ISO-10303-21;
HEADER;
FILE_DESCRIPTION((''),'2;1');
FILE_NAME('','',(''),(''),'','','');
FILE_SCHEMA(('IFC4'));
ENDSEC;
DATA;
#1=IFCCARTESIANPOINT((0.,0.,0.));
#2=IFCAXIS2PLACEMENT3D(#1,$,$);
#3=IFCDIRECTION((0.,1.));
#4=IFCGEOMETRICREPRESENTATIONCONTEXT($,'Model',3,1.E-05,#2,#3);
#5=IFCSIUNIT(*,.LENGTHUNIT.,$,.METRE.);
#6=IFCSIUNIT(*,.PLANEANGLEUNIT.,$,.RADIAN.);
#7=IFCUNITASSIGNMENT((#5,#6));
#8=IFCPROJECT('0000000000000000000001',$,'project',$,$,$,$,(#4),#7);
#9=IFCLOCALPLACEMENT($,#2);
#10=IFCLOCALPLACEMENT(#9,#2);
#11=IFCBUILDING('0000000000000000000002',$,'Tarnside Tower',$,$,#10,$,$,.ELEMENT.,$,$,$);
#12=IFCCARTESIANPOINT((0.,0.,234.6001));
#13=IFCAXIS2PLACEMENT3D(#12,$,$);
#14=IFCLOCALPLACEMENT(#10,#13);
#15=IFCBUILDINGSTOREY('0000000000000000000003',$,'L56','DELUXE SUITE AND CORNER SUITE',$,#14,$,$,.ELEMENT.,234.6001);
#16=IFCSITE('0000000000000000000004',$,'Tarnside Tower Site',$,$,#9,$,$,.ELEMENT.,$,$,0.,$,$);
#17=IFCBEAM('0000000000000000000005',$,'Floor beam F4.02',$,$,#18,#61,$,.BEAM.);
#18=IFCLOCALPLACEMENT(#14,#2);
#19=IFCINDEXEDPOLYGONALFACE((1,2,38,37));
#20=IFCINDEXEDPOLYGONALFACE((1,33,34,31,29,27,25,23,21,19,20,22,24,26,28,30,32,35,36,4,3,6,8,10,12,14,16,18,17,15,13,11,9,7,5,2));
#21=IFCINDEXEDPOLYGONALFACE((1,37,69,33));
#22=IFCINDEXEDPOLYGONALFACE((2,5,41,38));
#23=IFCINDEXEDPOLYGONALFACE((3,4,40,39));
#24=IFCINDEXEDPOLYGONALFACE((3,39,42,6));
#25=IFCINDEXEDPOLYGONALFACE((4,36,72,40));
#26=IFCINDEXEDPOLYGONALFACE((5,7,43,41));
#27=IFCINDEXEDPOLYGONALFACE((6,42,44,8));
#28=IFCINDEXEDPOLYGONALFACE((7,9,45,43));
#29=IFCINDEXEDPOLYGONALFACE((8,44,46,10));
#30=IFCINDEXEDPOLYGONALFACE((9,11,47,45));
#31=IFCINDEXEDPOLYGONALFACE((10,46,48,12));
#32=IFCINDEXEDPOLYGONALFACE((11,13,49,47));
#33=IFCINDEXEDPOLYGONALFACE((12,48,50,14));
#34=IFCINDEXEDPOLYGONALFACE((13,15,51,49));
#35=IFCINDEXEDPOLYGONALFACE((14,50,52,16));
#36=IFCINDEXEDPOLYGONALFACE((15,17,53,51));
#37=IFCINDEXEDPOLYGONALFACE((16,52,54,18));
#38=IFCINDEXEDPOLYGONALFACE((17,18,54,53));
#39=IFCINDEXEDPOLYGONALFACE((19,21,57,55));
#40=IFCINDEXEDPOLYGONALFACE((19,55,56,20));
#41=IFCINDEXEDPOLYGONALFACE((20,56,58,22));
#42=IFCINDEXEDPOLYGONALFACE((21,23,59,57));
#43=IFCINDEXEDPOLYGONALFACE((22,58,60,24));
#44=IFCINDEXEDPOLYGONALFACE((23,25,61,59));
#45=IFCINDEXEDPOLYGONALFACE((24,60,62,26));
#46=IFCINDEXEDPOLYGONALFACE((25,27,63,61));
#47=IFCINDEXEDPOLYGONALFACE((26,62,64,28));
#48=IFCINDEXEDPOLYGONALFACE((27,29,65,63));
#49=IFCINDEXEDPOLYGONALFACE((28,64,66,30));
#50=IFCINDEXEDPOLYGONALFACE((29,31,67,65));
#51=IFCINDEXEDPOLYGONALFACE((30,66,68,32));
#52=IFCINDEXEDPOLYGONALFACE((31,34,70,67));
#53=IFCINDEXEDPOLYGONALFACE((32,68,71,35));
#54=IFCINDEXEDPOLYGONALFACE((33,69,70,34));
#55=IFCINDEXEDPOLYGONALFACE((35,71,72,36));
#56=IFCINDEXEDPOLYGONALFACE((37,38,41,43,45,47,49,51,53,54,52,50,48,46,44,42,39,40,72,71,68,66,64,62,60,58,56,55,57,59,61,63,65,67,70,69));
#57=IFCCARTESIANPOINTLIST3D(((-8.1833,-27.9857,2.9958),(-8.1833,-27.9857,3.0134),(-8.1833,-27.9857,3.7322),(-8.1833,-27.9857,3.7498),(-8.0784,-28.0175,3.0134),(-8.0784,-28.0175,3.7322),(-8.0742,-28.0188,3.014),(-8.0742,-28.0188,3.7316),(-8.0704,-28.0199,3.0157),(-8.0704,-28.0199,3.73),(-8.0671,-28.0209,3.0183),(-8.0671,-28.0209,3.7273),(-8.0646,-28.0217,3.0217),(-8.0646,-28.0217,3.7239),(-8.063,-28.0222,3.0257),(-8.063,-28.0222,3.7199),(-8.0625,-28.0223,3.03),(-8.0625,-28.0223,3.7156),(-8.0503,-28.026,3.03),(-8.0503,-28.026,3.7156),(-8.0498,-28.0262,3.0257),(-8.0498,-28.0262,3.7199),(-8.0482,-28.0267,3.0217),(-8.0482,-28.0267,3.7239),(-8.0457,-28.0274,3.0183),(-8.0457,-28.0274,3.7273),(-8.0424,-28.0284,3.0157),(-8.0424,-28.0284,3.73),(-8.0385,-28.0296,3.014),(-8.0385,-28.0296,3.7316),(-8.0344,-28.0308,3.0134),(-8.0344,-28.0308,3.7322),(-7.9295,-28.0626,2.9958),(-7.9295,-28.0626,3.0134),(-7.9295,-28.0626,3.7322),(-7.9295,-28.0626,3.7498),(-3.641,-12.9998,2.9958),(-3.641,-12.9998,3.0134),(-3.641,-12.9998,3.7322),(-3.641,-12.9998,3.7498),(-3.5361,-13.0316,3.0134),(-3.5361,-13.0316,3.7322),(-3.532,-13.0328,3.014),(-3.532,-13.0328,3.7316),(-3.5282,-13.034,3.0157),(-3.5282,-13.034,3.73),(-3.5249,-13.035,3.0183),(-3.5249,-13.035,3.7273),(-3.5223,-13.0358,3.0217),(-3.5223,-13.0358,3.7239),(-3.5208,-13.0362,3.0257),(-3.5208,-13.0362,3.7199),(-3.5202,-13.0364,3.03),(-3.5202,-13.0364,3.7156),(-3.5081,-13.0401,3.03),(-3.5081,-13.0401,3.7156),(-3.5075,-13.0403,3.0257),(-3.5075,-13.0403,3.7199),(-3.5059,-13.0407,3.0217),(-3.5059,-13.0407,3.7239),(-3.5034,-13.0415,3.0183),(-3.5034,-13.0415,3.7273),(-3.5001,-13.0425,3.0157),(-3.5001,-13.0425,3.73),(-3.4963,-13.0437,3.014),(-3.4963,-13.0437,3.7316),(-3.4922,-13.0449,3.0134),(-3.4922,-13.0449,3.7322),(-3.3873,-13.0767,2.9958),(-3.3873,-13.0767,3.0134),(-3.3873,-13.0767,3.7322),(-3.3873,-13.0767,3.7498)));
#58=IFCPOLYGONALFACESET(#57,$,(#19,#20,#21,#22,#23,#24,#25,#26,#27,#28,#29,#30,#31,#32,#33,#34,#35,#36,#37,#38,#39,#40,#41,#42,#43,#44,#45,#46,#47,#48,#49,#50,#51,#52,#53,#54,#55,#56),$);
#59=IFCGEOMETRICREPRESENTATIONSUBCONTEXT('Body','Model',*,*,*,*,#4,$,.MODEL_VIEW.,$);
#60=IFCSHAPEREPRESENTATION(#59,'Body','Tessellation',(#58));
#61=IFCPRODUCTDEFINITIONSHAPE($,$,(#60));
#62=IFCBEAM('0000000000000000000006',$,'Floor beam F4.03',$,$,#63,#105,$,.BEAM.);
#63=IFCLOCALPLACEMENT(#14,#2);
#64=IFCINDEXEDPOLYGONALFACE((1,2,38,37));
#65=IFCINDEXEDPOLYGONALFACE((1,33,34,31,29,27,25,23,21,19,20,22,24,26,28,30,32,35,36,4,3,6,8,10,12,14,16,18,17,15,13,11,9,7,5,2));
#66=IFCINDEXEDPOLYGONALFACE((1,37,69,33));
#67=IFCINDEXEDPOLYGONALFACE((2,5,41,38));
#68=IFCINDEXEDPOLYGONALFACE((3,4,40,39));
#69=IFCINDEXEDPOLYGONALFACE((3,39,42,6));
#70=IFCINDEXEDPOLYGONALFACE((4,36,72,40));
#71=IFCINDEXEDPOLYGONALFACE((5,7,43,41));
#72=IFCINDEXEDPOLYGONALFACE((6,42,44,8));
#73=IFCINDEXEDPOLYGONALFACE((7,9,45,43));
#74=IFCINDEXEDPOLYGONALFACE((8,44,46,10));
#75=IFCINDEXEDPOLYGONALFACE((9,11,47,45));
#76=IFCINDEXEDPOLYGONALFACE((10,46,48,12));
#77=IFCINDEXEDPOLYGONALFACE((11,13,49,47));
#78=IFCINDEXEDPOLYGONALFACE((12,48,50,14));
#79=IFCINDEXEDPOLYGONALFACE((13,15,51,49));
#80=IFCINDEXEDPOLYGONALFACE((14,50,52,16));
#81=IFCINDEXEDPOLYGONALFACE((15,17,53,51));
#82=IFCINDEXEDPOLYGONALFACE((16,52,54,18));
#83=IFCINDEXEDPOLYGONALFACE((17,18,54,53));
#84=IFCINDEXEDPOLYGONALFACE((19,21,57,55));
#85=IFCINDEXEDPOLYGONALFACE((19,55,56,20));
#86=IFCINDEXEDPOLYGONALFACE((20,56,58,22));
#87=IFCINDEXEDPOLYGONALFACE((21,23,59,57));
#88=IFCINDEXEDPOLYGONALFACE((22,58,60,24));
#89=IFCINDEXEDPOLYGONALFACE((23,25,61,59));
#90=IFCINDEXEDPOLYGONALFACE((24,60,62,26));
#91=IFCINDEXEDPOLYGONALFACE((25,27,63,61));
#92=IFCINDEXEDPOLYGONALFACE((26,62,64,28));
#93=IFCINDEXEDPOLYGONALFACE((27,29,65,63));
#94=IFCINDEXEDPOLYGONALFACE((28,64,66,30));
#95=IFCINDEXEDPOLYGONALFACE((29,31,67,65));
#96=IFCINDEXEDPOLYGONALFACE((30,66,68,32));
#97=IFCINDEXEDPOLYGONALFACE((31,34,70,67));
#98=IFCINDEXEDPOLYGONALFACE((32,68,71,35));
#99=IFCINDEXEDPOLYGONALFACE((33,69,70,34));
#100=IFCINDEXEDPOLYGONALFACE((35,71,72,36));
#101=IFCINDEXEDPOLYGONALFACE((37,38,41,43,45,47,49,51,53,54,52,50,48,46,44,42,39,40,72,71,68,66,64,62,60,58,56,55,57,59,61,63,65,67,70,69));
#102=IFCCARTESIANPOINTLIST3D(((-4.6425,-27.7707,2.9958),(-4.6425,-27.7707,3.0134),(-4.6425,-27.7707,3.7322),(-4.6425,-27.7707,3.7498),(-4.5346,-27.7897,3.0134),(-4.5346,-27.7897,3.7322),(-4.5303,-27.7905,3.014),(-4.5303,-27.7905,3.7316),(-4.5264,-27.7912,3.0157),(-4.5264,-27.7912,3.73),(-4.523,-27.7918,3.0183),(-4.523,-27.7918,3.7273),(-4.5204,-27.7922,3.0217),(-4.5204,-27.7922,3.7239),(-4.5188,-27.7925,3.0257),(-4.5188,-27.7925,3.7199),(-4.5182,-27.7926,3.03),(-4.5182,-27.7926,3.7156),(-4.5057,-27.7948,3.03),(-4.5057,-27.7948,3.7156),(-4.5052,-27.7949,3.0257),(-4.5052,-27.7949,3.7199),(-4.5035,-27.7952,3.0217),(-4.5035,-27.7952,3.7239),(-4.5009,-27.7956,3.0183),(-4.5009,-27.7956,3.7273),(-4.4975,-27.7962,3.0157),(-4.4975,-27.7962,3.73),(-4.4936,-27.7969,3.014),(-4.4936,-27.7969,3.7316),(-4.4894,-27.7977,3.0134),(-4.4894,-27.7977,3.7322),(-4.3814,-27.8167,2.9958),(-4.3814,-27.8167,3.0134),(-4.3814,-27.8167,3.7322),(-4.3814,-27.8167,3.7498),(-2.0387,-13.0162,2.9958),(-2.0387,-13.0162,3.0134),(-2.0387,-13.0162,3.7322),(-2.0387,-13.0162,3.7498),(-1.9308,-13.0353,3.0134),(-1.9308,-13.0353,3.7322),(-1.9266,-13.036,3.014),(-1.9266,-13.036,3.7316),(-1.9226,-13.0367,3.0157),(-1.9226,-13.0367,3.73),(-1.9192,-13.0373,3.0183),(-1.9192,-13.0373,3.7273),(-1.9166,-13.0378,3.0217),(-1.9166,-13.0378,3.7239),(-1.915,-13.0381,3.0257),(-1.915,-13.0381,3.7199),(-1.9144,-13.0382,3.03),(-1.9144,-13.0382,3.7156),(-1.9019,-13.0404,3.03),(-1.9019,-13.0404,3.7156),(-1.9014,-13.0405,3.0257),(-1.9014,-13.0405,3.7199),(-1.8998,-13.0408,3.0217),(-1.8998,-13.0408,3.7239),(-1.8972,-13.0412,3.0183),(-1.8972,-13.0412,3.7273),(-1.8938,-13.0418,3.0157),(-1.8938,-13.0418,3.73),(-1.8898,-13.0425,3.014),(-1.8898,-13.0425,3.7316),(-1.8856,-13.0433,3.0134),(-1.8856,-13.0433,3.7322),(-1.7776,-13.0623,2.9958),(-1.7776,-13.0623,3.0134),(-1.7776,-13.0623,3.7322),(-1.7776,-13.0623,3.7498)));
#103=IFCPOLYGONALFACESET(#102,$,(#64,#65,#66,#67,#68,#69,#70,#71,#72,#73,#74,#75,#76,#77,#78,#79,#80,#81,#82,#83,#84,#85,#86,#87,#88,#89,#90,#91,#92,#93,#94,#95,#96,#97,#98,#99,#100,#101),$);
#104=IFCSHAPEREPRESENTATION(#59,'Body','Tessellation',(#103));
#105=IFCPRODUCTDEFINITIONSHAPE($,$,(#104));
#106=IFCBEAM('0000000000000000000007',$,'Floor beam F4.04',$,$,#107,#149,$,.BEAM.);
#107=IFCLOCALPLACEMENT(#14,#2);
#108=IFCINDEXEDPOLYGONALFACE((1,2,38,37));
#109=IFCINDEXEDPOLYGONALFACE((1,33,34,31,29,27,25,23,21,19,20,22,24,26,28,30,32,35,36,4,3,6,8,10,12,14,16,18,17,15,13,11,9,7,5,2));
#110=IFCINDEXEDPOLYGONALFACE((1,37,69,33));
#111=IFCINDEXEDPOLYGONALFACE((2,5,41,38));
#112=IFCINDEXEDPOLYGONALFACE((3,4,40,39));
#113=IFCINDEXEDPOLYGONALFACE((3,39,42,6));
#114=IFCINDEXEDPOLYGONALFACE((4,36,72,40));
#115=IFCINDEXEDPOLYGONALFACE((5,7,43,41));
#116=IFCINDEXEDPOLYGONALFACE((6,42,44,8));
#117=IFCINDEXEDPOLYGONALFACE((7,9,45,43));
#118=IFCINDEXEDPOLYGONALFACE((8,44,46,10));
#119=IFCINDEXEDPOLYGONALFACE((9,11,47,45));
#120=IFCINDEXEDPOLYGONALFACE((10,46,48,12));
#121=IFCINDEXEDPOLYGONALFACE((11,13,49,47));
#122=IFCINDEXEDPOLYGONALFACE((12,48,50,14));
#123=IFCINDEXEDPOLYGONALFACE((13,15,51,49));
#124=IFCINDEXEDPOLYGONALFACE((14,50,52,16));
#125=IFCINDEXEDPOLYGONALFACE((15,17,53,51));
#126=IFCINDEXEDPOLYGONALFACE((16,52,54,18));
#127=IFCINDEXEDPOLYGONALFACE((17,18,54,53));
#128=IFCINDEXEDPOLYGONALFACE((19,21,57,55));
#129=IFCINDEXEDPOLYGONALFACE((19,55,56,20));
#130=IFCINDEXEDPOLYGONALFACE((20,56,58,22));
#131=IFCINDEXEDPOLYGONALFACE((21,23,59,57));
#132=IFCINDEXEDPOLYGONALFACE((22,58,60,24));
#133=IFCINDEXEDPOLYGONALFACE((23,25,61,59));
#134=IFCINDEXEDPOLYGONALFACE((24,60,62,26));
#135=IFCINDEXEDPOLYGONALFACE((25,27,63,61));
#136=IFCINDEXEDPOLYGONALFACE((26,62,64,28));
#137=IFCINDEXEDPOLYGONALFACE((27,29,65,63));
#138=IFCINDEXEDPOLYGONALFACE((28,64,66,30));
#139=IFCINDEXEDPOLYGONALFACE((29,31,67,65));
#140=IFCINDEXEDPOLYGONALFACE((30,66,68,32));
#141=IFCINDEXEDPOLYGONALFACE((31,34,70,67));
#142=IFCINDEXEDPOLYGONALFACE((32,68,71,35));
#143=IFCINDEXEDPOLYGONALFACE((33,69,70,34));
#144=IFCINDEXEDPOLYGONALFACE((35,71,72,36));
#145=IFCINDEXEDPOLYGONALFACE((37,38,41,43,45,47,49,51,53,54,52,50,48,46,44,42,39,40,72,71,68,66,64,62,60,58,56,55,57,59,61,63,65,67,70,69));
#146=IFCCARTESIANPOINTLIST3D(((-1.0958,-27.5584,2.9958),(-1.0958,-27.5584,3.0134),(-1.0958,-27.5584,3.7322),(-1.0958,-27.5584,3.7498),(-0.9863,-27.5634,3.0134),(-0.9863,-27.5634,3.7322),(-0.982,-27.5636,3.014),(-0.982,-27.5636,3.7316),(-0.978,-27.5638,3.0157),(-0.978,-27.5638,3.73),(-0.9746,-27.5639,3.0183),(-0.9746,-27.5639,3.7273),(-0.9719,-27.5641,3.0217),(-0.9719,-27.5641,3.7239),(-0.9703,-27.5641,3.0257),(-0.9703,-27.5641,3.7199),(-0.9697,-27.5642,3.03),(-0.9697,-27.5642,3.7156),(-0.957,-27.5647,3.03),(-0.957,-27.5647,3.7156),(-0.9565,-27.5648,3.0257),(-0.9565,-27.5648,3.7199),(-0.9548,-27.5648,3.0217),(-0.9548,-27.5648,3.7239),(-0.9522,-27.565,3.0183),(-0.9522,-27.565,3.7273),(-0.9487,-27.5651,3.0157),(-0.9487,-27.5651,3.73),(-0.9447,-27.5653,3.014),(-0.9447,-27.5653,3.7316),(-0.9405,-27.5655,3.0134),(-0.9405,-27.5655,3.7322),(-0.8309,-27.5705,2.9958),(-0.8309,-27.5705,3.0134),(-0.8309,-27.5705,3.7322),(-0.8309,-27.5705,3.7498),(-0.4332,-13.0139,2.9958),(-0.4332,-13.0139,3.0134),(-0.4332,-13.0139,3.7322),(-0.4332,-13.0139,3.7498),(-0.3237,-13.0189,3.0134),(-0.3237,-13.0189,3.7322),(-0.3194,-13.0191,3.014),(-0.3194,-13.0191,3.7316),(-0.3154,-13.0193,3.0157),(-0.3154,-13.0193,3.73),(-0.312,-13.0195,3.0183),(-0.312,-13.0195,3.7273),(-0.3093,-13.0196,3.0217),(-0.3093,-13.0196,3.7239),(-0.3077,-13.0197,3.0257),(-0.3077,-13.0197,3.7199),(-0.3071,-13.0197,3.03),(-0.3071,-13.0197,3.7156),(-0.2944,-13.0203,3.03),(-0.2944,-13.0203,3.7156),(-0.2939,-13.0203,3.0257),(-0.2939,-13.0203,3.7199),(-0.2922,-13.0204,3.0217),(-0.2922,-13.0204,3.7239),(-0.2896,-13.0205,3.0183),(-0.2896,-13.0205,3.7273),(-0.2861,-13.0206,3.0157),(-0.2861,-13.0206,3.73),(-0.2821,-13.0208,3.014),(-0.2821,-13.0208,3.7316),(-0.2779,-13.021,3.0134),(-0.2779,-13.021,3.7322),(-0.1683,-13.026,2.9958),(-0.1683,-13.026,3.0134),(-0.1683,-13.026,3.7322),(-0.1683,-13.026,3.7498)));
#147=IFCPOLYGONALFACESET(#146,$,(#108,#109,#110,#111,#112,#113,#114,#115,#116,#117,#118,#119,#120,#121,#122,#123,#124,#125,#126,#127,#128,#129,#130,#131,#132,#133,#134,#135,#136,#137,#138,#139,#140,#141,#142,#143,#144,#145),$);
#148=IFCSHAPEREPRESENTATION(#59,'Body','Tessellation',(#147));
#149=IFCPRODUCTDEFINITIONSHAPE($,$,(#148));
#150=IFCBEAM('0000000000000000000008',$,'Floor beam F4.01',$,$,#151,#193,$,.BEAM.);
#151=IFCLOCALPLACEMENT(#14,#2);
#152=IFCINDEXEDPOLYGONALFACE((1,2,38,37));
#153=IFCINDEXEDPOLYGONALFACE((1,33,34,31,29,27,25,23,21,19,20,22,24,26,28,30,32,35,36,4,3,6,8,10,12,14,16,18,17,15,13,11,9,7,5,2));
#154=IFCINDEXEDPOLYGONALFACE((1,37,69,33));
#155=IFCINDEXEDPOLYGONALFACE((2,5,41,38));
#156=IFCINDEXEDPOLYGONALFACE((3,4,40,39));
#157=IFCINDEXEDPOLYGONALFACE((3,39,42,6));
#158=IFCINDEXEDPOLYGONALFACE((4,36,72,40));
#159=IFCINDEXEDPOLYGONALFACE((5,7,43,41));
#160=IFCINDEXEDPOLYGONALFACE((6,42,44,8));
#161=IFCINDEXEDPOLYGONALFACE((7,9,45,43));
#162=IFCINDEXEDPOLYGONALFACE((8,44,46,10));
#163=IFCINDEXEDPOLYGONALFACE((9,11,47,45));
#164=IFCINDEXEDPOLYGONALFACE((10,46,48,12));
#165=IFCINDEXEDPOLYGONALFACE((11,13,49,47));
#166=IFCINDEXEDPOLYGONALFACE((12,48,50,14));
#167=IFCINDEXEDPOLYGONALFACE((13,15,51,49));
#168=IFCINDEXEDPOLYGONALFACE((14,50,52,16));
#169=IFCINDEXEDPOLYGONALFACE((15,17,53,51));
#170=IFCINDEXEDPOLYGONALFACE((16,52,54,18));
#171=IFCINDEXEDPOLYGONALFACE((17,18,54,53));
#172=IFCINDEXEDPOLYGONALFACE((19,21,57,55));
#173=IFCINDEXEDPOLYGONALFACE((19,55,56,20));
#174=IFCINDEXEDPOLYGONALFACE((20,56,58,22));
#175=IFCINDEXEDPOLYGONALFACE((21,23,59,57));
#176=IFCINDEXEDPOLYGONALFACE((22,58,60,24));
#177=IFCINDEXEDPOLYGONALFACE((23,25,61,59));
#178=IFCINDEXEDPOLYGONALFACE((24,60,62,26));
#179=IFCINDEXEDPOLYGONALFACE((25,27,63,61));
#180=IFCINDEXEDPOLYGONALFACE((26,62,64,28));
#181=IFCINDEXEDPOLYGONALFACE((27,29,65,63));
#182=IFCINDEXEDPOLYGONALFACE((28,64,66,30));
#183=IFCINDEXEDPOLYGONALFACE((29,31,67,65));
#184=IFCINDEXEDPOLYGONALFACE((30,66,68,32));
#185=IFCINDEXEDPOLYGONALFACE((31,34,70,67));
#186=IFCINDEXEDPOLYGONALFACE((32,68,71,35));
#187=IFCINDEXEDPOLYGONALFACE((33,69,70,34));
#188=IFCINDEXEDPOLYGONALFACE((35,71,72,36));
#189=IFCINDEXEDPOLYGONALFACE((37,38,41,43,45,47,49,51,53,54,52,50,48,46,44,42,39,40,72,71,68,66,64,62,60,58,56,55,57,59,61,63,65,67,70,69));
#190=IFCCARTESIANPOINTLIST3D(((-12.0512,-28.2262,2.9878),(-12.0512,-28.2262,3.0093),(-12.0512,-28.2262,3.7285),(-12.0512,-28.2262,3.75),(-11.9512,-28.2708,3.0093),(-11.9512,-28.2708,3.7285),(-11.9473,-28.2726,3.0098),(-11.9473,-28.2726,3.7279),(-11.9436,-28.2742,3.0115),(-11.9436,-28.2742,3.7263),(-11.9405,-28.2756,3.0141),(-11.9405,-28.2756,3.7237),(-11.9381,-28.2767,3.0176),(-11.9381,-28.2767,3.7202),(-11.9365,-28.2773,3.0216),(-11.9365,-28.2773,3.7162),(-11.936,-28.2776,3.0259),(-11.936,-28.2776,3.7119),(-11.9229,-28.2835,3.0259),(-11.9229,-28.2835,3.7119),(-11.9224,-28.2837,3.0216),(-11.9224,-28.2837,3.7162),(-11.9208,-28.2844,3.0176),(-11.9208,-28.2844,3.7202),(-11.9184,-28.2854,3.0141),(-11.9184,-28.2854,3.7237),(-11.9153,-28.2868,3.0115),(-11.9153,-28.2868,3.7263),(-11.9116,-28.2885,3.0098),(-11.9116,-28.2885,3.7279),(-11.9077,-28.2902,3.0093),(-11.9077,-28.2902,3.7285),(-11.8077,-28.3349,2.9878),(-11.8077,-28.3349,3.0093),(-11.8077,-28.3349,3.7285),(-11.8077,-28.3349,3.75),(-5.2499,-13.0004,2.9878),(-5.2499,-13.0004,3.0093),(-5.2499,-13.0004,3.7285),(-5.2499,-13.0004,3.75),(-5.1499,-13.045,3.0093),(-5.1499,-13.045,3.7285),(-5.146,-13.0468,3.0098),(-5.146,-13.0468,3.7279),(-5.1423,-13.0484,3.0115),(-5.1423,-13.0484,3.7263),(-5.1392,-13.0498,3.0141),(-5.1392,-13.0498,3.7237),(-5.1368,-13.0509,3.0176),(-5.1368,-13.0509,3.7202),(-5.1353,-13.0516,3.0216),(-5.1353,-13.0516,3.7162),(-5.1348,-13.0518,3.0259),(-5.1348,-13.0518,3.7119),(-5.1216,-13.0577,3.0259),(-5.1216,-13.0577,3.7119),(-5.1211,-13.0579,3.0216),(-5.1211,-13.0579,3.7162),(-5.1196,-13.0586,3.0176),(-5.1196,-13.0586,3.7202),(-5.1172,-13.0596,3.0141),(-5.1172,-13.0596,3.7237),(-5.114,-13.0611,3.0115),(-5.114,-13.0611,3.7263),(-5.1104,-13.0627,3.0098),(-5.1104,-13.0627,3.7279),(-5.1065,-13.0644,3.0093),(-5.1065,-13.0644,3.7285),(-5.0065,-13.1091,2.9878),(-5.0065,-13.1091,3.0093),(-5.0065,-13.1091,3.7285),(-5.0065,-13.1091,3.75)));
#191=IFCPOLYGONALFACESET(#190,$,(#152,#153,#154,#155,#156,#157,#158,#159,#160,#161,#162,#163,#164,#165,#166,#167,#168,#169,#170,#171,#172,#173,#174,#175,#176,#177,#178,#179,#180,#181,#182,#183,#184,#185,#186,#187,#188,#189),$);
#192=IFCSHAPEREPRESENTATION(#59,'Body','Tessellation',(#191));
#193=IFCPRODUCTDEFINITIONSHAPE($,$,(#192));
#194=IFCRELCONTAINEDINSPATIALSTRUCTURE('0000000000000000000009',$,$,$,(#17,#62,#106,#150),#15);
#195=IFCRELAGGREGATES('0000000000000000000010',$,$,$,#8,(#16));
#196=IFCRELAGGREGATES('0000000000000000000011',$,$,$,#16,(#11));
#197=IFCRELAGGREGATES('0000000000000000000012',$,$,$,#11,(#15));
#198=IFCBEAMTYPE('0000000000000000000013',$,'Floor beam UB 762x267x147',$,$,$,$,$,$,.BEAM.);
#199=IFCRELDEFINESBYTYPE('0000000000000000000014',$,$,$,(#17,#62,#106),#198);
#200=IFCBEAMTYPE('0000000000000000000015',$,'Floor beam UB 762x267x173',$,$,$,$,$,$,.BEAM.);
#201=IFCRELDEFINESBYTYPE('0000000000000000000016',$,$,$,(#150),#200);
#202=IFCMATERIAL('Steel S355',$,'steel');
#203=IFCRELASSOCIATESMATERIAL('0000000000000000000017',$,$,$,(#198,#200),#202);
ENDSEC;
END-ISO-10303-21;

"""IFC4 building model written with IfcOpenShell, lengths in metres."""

from ifc_helpers import new_model, si_unit, direction, frame, origin, origin_2d, place, context, subcontext, project, spatial, i_section, extrude, material, material_profile, profile_set, type_object, element, save


model = new_model("IFC4")

# Units and contexts
model_context = context("Model", 3, precision=1e-05, world=origin(), true_north=direction((0.0, 1.0)))
body_context = subcontext(model_context, "Body", "Model", "MODEL_VIEW")
ifc_project = project(units=[si_unit("LENGTHUNIT", "METRE"), si_unit("PLANEANGLEUNIT", "RADIAN")], contexts=[model_context])

# Site, building, storey
site_placement = place(None, origin())
site = spatial("IfcSite", under=ifc_project, at=site_placement, Name="Tarnside Tower Site", CompositionType="ELEMENT", RefElevation=0.0)
building_placement = place(site_placement, origin())
building = spatial("IfcBuilding", under=site, at=building_placement, Name="Tarnside Tower", CompositionType="ELEMENT")
storey_placement = place(building_placement, frame((0.0, 0.0, 234.6001)))
storey = spatial("IfcBuildingStorey", under=building, at=storey_placement, Name="L56", Description="DELUXE SUITE AND CORNER SUITE", CompositionType="ELEMENT", Elevation=234.6001)

# Beams
ifc_material_1 = material(Name="Steel S355", Category="steel")
ifc_material_profile_1 = material_profile(ifc_material_1, i_section(OverallWidth=0.2651, OverallDepth=0.7539, WebThickness=0.0127, FlangeThickness=0.0176, FilletRadius=0.0166, at=origin_2d()), Name="UB 762x267x147")
ifc_profile_set_1 = profile_set([ifc_material_profile_1], Name="Steel S355")
beam_type_1 = type_object("IfcBeamType", Name="Floor beam UB 762x267x147", PredefinedType="BEAM", material=ifc_profile_set_1)
beam_1_placement = place(storey_placement, frame((-8.0564, -28.0242, 3.3728), z_axis=(0.29007, 0.957005, 0.0), x_axis=(-0.957005, 0.29007, 0.0)))
element("IfcBeam", 1, at=beam_1_placement, inside=storey, type_object=beam_type_1, Name="Floor beam F4.02", PredefinedType="BEAM", context=body_context, shape_type="SweptSolid", body=[
    extrude(i_section(OverallWidth=0.2651, OverallDepth=0.7539, WebThickness=0.0127, FlangeThickness=0.0176, FilletRadius=0.0166, at=origin_2d()), origin(), (0.0, 0.0, 1.0), 15.6592),
])
beam_2_placement = place(storey_placement, frame((-4.512, -27.7937, 3.3728), z_axis=(0.173788, 0.984783, 0.0), x_axis=(-0.984783, 0.173788, 0.0)))
element("IfcBeam", 2, at=beam_2_placement, inside=storey, type_object=beam_type_1, Name="Floor beam F4.03", PredefinedType="BEAM", context=body_context, shape_type="SweptSolid", body=[
    extrude(i_section(OverallWidth=0.2651, OverallDepth=0.7539, WebThickness=0.0127, FlangeThickness=0.0176, FilletRadius=0.0166, at=origin_2d()), origin(), (0.0, 0.0, 1.0), 14.9824),
])
beam_3_placement = place(storey_placement, frame((-0.9634, -27.5645, 3.3728), z_axis=(0.04551, 0.998964, 0.0), x_axis=(-0.998964, 0.04551, 0.0)))
element("IfcBeam", 3, at=beam_3_placement, inside=storey, type_object=beam_type_1, Name="Floor beam F4.04", PredefinedType="BEAM", context=body_context, shape_type="SweptSolid", body=[
    extrude(i_section(OverallWidth=0.2651, OverallDepth=0.7539, WebThickness=0.0127, FlangeThickness=0.0176, FilletRadius=0.0166, at=origin_2d()), origin(), (0.0, 0.0, 1.0), 14.5596),
])
ifc_material_profile_2 = material_profile(ifc_material_1, i_section(OverallWidth=0.2666, OverallDepth=0.7622, WebThickness=0.0144, FlangeThickness=0.0215, FilletRadius=0.0166, at=origin_2d()), Name="UB 762x267x173")
ifc_profile_set_2 = profile_set([ifc_material_profile_2], Name="Steel S355")
beam_type_2 = type_object("IfcBeamType", Name="Floor beam UB 762x267x173", PredefinedType="BEAM", material=ifc_profile_set_2)
beam_4_placement = place(storey_placement, frame((-11.9294, -28.2805, 3.3689), z_axis=(0.407852, 0.913048, 0.0), x_axis=(-0.913048, 0.407852, 0.0)))
element("IfcBeam", 4, at=beam_4_placement, inside=storey, type_object=beam_type_2, Name="Floor beam F4.01", PredefinedType="BEAM", context=body_context, shape_type="SweptSolid", body=[
    extrude(i_section(OverallWidth=0.2666, OverallDepth=0.7622, WebThickness=0.0144, FlangeThickness=0.0215, FilletRadius=0.0166, at=origin_2d()), origin(), (0.0, 0.0, 1.0), 16.6758),
])

save(model, "model.ifc")
